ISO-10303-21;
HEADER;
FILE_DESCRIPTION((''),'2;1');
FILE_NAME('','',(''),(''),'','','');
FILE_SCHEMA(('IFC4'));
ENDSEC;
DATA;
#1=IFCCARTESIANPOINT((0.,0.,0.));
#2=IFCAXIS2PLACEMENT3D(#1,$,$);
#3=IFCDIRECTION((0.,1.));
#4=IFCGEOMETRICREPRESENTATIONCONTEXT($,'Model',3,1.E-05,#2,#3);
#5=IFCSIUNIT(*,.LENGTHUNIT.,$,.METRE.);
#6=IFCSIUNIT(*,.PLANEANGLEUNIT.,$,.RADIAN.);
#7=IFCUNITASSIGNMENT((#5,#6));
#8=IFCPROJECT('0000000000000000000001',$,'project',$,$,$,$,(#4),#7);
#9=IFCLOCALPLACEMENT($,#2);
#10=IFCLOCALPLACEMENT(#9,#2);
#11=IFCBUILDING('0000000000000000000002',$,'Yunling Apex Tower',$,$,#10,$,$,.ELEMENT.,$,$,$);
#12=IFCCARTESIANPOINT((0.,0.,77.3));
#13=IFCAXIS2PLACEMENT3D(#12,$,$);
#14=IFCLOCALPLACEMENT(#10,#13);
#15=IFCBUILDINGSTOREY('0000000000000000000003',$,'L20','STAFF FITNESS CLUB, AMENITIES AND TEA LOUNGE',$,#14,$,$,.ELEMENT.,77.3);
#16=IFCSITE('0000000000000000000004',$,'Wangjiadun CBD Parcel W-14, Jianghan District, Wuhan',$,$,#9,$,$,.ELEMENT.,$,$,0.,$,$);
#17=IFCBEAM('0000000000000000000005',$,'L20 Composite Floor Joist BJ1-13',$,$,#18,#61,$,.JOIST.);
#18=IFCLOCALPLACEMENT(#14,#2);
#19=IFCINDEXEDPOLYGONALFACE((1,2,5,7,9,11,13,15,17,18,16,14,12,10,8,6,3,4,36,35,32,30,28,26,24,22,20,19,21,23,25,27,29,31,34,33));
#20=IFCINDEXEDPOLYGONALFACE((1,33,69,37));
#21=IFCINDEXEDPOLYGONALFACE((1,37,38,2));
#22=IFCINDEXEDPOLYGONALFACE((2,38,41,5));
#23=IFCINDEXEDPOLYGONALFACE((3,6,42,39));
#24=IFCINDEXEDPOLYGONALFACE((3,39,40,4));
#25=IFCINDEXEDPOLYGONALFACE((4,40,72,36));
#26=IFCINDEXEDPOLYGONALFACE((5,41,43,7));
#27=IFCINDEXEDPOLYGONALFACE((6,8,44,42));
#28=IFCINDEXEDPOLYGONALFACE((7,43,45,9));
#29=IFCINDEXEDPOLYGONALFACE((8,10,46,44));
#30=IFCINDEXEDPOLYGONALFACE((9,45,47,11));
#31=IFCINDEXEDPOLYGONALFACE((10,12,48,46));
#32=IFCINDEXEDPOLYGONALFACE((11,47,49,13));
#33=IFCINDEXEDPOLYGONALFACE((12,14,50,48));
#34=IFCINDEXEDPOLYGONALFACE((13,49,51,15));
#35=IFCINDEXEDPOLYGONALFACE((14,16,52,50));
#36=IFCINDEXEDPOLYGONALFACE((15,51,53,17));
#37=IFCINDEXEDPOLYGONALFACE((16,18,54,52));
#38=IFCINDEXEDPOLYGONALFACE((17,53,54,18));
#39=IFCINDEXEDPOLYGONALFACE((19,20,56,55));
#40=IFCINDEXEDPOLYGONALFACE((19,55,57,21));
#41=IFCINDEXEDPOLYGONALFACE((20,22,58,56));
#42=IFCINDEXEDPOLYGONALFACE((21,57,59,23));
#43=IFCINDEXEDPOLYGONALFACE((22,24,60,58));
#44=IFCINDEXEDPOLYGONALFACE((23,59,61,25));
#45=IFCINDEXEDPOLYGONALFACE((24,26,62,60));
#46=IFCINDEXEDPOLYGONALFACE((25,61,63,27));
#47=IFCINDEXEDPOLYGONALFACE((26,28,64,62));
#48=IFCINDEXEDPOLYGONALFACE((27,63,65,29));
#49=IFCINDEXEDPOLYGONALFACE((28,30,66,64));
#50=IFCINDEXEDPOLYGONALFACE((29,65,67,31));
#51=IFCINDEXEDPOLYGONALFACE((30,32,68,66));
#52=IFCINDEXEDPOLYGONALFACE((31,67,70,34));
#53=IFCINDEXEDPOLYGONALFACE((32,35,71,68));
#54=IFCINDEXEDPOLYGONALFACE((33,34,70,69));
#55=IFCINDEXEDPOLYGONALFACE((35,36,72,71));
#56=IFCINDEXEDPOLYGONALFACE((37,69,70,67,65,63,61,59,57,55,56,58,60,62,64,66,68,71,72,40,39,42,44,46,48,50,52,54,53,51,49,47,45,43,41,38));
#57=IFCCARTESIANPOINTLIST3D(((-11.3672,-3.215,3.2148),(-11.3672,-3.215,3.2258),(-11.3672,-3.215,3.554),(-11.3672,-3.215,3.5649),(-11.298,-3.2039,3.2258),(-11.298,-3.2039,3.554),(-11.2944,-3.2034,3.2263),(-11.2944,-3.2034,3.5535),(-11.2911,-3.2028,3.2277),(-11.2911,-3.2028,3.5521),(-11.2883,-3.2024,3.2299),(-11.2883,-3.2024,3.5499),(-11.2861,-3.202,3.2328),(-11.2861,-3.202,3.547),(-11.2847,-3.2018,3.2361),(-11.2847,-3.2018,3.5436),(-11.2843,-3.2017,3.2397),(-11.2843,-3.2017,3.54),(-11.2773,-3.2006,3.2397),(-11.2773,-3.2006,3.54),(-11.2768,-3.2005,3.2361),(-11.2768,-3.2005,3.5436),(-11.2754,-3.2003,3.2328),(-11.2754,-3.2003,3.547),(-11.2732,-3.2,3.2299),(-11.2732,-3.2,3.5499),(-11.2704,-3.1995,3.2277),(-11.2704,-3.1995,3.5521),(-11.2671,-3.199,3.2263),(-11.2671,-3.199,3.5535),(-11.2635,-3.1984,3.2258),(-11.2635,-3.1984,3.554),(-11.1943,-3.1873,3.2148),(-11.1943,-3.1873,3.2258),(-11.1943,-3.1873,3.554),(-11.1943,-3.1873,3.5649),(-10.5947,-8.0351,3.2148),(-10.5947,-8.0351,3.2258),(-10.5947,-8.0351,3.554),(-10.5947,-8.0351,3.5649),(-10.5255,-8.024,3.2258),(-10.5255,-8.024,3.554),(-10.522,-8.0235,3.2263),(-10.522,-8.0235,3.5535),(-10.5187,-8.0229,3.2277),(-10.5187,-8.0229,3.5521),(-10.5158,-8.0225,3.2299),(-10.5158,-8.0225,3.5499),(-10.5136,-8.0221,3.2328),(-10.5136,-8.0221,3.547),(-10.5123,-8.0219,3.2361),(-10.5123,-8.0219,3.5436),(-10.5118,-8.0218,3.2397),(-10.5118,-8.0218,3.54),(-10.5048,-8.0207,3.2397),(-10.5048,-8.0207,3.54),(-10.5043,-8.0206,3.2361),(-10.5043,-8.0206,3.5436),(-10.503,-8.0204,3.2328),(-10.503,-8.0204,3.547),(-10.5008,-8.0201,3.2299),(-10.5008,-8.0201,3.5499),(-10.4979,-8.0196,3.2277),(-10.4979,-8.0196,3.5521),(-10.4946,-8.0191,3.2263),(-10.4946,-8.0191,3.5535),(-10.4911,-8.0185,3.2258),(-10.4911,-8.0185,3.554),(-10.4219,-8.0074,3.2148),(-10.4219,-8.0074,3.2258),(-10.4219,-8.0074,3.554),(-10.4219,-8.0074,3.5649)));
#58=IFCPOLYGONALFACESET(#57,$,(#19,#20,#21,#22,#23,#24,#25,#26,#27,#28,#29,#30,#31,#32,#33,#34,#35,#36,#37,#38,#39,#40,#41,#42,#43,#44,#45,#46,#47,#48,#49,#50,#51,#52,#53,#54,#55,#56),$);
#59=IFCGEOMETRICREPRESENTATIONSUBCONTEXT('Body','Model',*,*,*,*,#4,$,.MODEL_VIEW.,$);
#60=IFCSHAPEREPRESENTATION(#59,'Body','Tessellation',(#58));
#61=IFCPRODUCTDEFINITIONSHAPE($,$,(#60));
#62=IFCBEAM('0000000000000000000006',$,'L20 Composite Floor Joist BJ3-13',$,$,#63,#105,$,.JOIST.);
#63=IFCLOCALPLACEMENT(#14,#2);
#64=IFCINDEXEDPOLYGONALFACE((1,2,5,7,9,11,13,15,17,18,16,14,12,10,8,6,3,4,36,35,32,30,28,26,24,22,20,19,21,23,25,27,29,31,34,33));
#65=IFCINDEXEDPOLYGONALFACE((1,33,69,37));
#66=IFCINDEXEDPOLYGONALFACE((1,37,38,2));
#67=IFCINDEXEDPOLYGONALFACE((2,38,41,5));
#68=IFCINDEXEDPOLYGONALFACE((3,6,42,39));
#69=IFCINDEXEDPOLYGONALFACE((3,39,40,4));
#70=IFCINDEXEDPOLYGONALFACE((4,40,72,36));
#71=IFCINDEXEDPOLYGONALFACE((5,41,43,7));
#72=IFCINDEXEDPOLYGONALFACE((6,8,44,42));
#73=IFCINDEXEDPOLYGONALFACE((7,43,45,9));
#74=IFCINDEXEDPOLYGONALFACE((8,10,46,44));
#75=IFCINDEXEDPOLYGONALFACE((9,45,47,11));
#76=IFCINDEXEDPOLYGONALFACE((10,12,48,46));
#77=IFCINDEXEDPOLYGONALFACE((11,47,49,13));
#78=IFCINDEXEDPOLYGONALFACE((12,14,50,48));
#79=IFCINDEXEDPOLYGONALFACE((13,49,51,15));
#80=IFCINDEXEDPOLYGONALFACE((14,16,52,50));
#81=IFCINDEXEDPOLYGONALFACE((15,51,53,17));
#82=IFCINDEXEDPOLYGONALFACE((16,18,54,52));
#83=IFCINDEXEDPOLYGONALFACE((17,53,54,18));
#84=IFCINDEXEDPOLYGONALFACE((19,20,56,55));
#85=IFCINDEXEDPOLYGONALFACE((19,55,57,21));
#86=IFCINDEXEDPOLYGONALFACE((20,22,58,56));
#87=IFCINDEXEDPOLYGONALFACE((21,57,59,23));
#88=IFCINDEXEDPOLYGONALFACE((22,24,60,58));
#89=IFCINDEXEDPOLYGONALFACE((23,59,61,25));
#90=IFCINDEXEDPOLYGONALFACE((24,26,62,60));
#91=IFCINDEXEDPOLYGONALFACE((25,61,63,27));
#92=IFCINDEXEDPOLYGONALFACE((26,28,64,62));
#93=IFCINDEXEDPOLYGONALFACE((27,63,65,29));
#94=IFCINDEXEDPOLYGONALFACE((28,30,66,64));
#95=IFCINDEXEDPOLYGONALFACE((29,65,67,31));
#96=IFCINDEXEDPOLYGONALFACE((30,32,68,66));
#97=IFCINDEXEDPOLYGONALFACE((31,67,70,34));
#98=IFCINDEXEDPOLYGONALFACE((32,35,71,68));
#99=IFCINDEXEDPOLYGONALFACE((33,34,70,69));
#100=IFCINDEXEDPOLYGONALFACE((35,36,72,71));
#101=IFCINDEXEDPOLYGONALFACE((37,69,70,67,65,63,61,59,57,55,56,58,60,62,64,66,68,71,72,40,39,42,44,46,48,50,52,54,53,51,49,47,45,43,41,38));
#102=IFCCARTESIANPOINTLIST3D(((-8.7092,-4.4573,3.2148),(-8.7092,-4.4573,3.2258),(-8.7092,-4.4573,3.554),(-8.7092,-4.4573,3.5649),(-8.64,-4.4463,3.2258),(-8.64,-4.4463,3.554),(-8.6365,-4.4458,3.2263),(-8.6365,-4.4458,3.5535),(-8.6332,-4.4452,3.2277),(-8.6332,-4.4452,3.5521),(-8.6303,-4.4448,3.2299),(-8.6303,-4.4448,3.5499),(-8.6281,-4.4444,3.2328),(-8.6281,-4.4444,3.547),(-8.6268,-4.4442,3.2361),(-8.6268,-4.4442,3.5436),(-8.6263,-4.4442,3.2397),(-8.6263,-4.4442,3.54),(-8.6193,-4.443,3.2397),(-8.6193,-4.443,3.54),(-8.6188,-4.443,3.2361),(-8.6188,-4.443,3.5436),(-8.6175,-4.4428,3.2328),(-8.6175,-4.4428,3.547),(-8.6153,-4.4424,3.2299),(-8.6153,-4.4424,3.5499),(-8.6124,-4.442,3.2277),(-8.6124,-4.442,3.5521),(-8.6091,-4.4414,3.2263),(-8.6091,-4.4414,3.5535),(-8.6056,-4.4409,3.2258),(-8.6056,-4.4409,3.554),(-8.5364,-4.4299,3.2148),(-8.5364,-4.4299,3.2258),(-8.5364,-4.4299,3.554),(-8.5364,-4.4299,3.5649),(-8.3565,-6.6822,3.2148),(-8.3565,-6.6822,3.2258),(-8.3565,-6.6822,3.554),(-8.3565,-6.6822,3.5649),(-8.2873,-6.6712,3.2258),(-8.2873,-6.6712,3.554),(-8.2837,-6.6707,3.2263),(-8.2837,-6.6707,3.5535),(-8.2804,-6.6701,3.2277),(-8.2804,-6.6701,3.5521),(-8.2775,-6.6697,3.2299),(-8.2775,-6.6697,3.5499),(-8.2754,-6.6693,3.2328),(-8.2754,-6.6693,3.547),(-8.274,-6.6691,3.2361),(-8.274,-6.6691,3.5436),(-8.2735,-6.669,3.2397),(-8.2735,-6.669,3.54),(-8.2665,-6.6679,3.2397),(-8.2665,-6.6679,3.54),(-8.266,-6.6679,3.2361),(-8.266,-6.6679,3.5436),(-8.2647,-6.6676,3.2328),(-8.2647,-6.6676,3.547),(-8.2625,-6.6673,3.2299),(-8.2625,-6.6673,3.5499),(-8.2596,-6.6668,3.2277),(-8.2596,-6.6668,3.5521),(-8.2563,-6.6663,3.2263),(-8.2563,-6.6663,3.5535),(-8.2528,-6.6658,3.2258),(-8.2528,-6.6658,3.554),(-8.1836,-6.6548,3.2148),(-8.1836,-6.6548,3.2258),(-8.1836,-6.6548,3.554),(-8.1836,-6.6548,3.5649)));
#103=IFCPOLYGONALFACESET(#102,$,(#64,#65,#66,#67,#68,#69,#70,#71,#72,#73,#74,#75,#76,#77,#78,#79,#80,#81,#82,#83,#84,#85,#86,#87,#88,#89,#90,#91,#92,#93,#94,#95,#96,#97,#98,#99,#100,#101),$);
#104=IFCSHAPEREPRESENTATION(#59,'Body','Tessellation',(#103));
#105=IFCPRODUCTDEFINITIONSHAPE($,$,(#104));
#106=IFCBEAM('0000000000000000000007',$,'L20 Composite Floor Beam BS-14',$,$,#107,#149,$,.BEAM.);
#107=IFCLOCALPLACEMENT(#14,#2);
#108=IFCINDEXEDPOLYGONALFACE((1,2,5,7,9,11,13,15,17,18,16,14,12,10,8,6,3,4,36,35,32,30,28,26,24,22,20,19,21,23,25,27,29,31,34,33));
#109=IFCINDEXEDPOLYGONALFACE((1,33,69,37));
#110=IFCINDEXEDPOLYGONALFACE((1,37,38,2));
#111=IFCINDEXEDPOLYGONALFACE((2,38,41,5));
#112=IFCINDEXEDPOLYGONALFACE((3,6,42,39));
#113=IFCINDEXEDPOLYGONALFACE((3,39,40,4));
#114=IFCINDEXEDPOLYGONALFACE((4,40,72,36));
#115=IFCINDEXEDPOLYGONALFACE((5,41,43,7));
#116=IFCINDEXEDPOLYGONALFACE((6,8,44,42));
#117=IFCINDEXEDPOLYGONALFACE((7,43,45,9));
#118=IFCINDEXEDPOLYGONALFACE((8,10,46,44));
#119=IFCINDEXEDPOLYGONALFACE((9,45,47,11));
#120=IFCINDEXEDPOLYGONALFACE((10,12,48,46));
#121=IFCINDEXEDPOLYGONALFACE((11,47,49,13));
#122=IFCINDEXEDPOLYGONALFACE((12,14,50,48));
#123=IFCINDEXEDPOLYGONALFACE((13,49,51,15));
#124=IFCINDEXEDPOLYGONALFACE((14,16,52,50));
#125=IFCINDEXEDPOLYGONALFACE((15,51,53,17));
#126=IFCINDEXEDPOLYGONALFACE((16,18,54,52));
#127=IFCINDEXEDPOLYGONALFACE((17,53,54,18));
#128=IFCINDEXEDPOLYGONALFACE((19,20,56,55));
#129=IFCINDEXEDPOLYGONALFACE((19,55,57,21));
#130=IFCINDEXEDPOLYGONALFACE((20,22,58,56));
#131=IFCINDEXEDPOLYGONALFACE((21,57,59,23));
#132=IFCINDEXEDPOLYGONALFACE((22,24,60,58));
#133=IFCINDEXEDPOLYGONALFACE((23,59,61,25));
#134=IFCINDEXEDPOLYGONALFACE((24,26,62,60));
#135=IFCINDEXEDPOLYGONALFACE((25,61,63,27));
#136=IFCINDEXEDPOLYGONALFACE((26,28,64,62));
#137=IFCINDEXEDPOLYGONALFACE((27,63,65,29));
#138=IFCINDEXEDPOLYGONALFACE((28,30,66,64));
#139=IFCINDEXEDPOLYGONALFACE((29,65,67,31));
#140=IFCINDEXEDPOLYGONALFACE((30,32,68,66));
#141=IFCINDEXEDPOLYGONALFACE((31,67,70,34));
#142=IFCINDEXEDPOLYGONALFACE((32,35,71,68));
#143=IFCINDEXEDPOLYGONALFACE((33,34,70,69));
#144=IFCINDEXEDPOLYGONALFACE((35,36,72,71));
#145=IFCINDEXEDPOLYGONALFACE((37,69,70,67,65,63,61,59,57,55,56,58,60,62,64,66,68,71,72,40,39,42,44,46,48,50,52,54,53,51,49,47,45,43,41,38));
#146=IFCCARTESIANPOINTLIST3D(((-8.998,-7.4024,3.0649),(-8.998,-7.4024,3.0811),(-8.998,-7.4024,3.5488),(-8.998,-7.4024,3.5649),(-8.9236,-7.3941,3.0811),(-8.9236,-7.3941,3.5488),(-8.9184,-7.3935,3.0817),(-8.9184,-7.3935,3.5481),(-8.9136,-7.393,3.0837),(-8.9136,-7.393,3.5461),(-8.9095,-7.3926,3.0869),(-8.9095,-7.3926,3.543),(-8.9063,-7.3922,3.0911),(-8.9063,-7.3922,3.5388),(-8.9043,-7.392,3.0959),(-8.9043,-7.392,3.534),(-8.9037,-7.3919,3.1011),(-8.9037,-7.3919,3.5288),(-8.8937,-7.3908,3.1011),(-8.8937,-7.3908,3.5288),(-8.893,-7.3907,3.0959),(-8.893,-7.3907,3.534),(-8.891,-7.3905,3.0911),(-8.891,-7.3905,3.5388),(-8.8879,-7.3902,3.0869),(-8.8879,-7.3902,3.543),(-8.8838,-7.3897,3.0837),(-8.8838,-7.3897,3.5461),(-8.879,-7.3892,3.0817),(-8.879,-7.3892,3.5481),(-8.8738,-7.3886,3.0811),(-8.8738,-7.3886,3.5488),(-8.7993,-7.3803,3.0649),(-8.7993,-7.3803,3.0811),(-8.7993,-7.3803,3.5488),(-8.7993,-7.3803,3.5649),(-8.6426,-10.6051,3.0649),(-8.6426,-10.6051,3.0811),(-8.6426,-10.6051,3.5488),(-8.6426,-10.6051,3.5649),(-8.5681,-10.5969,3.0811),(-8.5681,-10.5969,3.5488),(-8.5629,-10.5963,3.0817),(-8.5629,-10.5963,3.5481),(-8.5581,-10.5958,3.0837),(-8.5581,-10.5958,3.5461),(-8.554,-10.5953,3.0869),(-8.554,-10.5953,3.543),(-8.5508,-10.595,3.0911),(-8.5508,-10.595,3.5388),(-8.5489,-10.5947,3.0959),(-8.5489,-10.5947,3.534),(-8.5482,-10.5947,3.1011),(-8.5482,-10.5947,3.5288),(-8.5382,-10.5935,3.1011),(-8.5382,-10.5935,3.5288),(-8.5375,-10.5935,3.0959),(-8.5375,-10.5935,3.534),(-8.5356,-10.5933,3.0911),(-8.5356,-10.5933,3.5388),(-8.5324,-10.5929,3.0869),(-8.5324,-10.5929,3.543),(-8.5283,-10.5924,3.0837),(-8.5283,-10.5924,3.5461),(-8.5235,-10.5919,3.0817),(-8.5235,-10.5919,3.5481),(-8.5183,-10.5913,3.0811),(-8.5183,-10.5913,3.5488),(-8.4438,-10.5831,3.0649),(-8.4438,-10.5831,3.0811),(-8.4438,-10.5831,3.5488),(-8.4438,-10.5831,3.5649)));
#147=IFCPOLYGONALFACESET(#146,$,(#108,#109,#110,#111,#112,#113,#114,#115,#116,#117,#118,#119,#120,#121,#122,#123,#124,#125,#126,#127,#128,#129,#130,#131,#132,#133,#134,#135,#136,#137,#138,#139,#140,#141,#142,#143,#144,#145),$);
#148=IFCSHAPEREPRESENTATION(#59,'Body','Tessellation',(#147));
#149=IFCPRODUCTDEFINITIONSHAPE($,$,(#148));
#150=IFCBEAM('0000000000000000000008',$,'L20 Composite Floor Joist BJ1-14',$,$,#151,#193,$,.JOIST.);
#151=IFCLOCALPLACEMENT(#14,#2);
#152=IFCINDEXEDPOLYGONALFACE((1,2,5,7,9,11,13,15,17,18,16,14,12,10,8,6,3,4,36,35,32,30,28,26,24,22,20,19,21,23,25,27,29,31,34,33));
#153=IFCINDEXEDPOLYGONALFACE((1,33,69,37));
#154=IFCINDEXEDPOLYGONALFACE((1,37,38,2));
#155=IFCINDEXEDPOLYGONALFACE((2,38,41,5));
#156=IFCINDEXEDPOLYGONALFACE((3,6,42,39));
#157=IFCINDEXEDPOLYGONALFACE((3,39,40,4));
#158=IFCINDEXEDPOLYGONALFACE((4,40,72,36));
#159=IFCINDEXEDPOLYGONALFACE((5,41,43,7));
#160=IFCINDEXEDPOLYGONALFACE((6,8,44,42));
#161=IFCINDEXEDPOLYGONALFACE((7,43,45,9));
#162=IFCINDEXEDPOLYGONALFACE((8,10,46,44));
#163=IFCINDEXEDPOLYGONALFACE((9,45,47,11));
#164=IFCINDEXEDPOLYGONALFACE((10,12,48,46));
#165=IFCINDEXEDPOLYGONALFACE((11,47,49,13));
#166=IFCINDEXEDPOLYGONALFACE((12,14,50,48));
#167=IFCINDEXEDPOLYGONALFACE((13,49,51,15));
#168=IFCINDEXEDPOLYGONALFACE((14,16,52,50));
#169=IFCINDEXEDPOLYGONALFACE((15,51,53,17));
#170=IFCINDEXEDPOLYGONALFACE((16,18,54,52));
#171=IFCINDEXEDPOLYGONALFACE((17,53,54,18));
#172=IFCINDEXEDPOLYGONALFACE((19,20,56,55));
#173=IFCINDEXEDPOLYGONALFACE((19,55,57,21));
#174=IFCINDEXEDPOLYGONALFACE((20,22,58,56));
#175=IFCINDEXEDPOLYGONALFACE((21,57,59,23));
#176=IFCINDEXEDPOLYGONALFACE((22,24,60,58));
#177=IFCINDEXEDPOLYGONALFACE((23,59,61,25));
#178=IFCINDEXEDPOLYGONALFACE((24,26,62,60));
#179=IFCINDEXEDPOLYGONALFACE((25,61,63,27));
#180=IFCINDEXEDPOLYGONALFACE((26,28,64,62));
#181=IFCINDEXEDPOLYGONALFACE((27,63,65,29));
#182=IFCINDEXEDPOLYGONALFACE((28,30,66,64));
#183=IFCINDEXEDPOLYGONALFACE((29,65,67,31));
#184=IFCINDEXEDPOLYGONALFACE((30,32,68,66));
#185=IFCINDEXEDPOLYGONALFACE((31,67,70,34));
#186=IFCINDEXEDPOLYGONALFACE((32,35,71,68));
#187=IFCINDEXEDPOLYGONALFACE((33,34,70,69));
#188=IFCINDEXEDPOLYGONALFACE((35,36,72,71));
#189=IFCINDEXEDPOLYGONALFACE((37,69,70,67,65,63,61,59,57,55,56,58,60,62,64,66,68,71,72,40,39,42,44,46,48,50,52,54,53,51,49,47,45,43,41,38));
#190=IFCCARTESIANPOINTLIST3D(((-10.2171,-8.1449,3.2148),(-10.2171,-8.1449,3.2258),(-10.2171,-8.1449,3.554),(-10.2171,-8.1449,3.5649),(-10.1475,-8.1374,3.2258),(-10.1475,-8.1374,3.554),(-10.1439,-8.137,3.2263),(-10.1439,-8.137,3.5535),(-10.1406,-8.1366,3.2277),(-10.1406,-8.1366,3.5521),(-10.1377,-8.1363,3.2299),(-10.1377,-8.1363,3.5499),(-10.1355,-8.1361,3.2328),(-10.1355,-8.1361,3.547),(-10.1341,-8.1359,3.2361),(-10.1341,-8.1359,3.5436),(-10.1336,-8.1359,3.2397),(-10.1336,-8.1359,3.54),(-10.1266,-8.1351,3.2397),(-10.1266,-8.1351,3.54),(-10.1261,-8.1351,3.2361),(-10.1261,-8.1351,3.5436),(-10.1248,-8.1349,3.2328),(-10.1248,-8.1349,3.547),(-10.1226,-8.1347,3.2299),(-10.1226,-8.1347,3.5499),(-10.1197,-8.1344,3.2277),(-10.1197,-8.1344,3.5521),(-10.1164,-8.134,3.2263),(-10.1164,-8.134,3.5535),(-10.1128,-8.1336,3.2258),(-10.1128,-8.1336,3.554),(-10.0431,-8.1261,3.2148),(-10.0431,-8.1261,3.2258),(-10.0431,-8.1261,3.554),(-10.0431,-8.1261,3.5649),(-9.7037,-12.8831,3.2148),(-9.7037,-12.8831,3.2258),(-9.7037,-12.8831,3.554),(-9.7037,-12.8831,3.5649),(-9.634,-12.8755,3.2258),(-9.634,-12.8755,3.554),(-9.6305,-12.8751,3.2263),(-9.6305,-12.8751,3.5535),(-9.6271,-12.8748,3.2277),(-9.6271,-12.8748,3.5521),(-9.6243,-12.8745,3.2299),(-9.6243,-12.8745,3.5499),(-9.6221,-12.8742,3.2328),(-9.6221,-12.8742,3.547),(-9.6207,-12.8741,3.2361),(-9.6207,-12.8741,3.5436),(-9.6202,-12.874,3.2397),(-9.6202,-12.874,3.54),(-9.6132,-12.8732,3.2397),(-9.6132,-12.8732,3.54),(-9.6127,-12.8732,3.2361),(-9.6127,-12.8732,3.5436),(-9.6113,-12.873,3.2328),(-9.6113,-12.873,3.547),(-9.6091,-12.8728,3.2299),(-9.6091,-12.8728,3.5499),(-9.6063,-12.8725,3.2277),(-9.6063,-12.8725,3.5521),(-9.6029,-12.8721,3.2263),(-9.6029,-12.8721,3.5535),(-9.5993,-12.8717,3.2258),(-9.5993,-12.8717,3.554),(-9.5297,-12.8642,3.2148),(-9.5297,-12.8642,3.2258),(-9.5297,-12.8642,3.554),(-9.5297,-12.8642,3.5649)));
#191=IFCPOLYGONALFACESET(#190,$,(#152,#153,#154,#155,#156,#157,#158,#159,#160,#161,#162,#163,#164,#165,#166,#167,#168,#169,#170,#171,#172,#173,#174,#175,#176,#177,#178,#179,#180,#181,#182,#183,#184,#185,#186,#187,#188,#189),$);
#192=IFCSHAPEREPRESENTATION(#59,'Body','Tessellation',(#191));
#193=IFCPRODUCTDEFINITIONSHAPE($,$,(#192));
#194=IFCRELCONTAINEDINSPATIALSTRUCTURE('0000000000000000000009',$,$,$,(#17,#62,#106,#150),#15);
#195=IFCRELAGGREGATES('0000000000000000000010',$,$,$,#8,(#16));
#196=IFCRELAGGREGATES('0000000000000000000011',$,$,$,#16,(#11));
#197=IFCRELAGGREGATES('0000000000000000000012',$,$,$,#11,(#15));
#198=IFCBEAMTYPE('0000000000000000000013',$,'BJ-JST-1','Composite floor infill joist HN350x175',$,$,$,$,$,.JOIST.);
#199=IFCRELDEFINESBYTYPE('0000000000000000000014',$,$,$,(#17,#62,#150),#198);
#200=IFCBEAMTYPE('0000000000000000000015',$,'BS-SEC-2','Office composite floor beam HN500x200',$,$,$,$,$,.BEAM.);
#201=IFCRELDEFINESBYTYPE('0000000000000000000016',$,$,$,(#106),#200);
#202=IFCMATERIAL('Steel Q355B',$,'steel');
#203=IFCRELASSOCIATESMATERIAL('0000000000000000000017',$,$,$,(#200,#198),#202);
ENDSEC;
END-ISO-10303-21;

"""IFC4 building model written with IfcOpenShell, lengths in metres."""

from ifc_helpers import new_model, si_unit, direction, frame, origin, origin_2d, place, context, subcontext, project, spatial, i_section, extrude, source, transform, mapped, material, material_profile, profile_set, type_object, element, save


model = new_model("IFC4")

# Units and contexts
model_context = context("Model", 3, precision=1e-05, world=origin(), true_north=direction((0.0, 1.0)))
body_context = subcontext(model_context, "Body", "Model", "MODEL_VIEW")
ifc_project = project(units=[si_unit("LENGTHUNIT", "METRE"), si_unit("PLANEANGLEUNIT", "RADIAN")], contexts=[model_context])

# Site, building, storey
site_placement = place(None, origin())
site = spatial("IfcSite", under=ifc_project, at=site_placement, Name="Wangjiadun CBD Parcel W-14, Jianghan District, Wuhan", CompositionType="ELEMENT", RefElevation=0.0)
building_placement = place(site_placement, origin())
building = spatial("IfcBuilding", under=site, at=building_placement, Name="Yunling Apex Tower", CompositionType="ELEMENT")
storey_placement = place(building_placement, frame((0.0, 0.0, 77.3)))
storey = spatial("IfcBuildingStorey", under=building, at=storey_placement, Name="L20", Description="STAFF FITNESS CLUB, AMENITIES AND TEA LOUNGE", CompositionType="ELEMENT", Elevation=77.3)

# Beams
ifc_material_1 = material(Name="Steel Q355B", Category="steel")
ifc_material_profile_1 = material_profile(ifc_material_1, i_section(OverallWidth=0.2, OverallDepth=0.5, WebThickness=0.01, FlangeThickness=0.0161, FilletRadius=0.02, at=origin_2d()))
ifc_profile_set_1 = profile_set([ifc_material_profile_1], Name="Steel Q355B")
beam_type_1 = type_object("IfcBeamType", Name="BS-SEC-2", Description="Office composite floor beam HN500x200", PredefinedType="BEAM", material=ifc_profile_set_1)
ifc_material_profile_2 = material_profile(ifc_material_1, i_section(OverallWidth=0.175, OverallDepth=0.3501, WebThickness=0.0071, FlangeThickness=0.011, FilletRadius=0.0139, at=origin_2d()))
ifc_profile_set_2 = profile_set([ifc_material_profile_2], Name="Steel Q355B")
beam_type_2 = type_object("IfcBeamType", Name="BJ-JST-1", Description="Composite floor infill joist HN350x175", PredefinedType="JOIST", material=ifc_profile_set_2)
shared_shape_1 = source(origin(), body_context, "Body", "SweptSolid", [
    extrude(i_section(OverallWidth=0.175, OverallDepth=0.3501, WebThickness=0.0071, FlangeThickness=0.011, FilletRadius=0.0139, at=origin_2d()), origin(), (0.0, 0.0, 1.0), 4.8816),
])
beam_1_placement = place(storey_placement, frame((-11.2808, -3.2012, 3.3899), z_axis=(0.15824, -0.987401, 0.0), x_axis=(0.987401, 0.15824, 0.0)))
element("IfcBeam", 1, at=beam_1_placement, inside=storey, type_object=beam_type_2, Name="L20 Composite Floor Joist BJ1-13", PredefinedType="JOIST", context=body_context, shape_type="MappedRepresentation", body=[
    mapped(shared_shape_1, transform((0.0, 0.0, 0.0), scale=1.0)),
])
shared_shape_2 = source(origin(), body_context, "Body", "SweptSolid", [
    extrude(i_section(OverallWidth=0.175, OverallDepth=0.3501, WebThickness=0.0071, FlangeThickness=0.011, FilletRadius=0.0139, at=origin_2d()), origin(), (0.0, 0.0, 1.0), 2.2527),
])
beam_2_placement = place(storey_placement, frame((-8.6228, -4.4436, 3.3899), z_axis=(0.156608, -0.987661, 0.0), x_axis=(0.987661, 0.156608, 0.0)))
element("IfcBeam", 2, at=beam_2_placement, inside=storey, type_object=beam_type_2, Name="L20 Composite Floor Joist BJ3-13", PredefinedType="JOIST", context=body_context, shape_type="MappedRepresentation", body=[
    mapped(shared_shape_2, transform((0.0, 0.0, 0.0), scale=1.0)),
])
shared_shape_3 = source(origin(), body_context, "Body", "SweptSolid", [
    extrude(i_section(OverallWidth=0.2, OverallDepth=0.5, WebThickness=0.01, FlangeThickness=0.0161, FilletRadius=0.02, at=origin_2d()), origin(), (0.0, 0.0, 1.0), 3.2224),
])
beam_3_placement = place(storey_placement, frame((-8.8987, -7.3914, 3.3149), z_axis=(0.110315, -0.993897, 0.0), x_axis=(0.993897, 0.110315, 0.0)))
element("IfcBeam", 3, at=beam_3_placement, inside=storey, type_object=beam_type_1, Name="L20 Composite Floor Beam BS-14", PredefinedType="BEAM", context=body_context, shape_type="MappedRepresentation", body=[
    mapped(shared_shape_3, transform((0.0, 0.0, 0.0), scale=1.0)),
])
shared_shape_4 = source(origin(), body_context, "Body", "SweptSolid", [
    extrude(i_section(OverallWidth=0.175, OverallDepth=0.3501, WebThickness=0.0071, FlangeThickness=0.011, FilletRadius=0.0139, at=origin_2d()), origin(), (0.0, 0.0, 1.0), 4.7659),
])
beam_4_placement = place(storey_placement, frame((-10.1301, -8.1355, 3.3899), z_axis=(0.107732, -0.99418, 0.0), x_axis=(0.99418, 0.107732, 0.0)))
element("IfcBeam", 4, at=beam_4_placement, inside=storey, type_object=beam_type_2, Name="L20 Composite Floor Joist BJ1-14", PredefinedType="JOIST", context=body_context, shape_type="MappedRepresentation", body=[
    mapped(shared_shape_4, transform((0.0, 0.0, 0.0), scale=1.0)),
])

save(model, "model.ifc")
